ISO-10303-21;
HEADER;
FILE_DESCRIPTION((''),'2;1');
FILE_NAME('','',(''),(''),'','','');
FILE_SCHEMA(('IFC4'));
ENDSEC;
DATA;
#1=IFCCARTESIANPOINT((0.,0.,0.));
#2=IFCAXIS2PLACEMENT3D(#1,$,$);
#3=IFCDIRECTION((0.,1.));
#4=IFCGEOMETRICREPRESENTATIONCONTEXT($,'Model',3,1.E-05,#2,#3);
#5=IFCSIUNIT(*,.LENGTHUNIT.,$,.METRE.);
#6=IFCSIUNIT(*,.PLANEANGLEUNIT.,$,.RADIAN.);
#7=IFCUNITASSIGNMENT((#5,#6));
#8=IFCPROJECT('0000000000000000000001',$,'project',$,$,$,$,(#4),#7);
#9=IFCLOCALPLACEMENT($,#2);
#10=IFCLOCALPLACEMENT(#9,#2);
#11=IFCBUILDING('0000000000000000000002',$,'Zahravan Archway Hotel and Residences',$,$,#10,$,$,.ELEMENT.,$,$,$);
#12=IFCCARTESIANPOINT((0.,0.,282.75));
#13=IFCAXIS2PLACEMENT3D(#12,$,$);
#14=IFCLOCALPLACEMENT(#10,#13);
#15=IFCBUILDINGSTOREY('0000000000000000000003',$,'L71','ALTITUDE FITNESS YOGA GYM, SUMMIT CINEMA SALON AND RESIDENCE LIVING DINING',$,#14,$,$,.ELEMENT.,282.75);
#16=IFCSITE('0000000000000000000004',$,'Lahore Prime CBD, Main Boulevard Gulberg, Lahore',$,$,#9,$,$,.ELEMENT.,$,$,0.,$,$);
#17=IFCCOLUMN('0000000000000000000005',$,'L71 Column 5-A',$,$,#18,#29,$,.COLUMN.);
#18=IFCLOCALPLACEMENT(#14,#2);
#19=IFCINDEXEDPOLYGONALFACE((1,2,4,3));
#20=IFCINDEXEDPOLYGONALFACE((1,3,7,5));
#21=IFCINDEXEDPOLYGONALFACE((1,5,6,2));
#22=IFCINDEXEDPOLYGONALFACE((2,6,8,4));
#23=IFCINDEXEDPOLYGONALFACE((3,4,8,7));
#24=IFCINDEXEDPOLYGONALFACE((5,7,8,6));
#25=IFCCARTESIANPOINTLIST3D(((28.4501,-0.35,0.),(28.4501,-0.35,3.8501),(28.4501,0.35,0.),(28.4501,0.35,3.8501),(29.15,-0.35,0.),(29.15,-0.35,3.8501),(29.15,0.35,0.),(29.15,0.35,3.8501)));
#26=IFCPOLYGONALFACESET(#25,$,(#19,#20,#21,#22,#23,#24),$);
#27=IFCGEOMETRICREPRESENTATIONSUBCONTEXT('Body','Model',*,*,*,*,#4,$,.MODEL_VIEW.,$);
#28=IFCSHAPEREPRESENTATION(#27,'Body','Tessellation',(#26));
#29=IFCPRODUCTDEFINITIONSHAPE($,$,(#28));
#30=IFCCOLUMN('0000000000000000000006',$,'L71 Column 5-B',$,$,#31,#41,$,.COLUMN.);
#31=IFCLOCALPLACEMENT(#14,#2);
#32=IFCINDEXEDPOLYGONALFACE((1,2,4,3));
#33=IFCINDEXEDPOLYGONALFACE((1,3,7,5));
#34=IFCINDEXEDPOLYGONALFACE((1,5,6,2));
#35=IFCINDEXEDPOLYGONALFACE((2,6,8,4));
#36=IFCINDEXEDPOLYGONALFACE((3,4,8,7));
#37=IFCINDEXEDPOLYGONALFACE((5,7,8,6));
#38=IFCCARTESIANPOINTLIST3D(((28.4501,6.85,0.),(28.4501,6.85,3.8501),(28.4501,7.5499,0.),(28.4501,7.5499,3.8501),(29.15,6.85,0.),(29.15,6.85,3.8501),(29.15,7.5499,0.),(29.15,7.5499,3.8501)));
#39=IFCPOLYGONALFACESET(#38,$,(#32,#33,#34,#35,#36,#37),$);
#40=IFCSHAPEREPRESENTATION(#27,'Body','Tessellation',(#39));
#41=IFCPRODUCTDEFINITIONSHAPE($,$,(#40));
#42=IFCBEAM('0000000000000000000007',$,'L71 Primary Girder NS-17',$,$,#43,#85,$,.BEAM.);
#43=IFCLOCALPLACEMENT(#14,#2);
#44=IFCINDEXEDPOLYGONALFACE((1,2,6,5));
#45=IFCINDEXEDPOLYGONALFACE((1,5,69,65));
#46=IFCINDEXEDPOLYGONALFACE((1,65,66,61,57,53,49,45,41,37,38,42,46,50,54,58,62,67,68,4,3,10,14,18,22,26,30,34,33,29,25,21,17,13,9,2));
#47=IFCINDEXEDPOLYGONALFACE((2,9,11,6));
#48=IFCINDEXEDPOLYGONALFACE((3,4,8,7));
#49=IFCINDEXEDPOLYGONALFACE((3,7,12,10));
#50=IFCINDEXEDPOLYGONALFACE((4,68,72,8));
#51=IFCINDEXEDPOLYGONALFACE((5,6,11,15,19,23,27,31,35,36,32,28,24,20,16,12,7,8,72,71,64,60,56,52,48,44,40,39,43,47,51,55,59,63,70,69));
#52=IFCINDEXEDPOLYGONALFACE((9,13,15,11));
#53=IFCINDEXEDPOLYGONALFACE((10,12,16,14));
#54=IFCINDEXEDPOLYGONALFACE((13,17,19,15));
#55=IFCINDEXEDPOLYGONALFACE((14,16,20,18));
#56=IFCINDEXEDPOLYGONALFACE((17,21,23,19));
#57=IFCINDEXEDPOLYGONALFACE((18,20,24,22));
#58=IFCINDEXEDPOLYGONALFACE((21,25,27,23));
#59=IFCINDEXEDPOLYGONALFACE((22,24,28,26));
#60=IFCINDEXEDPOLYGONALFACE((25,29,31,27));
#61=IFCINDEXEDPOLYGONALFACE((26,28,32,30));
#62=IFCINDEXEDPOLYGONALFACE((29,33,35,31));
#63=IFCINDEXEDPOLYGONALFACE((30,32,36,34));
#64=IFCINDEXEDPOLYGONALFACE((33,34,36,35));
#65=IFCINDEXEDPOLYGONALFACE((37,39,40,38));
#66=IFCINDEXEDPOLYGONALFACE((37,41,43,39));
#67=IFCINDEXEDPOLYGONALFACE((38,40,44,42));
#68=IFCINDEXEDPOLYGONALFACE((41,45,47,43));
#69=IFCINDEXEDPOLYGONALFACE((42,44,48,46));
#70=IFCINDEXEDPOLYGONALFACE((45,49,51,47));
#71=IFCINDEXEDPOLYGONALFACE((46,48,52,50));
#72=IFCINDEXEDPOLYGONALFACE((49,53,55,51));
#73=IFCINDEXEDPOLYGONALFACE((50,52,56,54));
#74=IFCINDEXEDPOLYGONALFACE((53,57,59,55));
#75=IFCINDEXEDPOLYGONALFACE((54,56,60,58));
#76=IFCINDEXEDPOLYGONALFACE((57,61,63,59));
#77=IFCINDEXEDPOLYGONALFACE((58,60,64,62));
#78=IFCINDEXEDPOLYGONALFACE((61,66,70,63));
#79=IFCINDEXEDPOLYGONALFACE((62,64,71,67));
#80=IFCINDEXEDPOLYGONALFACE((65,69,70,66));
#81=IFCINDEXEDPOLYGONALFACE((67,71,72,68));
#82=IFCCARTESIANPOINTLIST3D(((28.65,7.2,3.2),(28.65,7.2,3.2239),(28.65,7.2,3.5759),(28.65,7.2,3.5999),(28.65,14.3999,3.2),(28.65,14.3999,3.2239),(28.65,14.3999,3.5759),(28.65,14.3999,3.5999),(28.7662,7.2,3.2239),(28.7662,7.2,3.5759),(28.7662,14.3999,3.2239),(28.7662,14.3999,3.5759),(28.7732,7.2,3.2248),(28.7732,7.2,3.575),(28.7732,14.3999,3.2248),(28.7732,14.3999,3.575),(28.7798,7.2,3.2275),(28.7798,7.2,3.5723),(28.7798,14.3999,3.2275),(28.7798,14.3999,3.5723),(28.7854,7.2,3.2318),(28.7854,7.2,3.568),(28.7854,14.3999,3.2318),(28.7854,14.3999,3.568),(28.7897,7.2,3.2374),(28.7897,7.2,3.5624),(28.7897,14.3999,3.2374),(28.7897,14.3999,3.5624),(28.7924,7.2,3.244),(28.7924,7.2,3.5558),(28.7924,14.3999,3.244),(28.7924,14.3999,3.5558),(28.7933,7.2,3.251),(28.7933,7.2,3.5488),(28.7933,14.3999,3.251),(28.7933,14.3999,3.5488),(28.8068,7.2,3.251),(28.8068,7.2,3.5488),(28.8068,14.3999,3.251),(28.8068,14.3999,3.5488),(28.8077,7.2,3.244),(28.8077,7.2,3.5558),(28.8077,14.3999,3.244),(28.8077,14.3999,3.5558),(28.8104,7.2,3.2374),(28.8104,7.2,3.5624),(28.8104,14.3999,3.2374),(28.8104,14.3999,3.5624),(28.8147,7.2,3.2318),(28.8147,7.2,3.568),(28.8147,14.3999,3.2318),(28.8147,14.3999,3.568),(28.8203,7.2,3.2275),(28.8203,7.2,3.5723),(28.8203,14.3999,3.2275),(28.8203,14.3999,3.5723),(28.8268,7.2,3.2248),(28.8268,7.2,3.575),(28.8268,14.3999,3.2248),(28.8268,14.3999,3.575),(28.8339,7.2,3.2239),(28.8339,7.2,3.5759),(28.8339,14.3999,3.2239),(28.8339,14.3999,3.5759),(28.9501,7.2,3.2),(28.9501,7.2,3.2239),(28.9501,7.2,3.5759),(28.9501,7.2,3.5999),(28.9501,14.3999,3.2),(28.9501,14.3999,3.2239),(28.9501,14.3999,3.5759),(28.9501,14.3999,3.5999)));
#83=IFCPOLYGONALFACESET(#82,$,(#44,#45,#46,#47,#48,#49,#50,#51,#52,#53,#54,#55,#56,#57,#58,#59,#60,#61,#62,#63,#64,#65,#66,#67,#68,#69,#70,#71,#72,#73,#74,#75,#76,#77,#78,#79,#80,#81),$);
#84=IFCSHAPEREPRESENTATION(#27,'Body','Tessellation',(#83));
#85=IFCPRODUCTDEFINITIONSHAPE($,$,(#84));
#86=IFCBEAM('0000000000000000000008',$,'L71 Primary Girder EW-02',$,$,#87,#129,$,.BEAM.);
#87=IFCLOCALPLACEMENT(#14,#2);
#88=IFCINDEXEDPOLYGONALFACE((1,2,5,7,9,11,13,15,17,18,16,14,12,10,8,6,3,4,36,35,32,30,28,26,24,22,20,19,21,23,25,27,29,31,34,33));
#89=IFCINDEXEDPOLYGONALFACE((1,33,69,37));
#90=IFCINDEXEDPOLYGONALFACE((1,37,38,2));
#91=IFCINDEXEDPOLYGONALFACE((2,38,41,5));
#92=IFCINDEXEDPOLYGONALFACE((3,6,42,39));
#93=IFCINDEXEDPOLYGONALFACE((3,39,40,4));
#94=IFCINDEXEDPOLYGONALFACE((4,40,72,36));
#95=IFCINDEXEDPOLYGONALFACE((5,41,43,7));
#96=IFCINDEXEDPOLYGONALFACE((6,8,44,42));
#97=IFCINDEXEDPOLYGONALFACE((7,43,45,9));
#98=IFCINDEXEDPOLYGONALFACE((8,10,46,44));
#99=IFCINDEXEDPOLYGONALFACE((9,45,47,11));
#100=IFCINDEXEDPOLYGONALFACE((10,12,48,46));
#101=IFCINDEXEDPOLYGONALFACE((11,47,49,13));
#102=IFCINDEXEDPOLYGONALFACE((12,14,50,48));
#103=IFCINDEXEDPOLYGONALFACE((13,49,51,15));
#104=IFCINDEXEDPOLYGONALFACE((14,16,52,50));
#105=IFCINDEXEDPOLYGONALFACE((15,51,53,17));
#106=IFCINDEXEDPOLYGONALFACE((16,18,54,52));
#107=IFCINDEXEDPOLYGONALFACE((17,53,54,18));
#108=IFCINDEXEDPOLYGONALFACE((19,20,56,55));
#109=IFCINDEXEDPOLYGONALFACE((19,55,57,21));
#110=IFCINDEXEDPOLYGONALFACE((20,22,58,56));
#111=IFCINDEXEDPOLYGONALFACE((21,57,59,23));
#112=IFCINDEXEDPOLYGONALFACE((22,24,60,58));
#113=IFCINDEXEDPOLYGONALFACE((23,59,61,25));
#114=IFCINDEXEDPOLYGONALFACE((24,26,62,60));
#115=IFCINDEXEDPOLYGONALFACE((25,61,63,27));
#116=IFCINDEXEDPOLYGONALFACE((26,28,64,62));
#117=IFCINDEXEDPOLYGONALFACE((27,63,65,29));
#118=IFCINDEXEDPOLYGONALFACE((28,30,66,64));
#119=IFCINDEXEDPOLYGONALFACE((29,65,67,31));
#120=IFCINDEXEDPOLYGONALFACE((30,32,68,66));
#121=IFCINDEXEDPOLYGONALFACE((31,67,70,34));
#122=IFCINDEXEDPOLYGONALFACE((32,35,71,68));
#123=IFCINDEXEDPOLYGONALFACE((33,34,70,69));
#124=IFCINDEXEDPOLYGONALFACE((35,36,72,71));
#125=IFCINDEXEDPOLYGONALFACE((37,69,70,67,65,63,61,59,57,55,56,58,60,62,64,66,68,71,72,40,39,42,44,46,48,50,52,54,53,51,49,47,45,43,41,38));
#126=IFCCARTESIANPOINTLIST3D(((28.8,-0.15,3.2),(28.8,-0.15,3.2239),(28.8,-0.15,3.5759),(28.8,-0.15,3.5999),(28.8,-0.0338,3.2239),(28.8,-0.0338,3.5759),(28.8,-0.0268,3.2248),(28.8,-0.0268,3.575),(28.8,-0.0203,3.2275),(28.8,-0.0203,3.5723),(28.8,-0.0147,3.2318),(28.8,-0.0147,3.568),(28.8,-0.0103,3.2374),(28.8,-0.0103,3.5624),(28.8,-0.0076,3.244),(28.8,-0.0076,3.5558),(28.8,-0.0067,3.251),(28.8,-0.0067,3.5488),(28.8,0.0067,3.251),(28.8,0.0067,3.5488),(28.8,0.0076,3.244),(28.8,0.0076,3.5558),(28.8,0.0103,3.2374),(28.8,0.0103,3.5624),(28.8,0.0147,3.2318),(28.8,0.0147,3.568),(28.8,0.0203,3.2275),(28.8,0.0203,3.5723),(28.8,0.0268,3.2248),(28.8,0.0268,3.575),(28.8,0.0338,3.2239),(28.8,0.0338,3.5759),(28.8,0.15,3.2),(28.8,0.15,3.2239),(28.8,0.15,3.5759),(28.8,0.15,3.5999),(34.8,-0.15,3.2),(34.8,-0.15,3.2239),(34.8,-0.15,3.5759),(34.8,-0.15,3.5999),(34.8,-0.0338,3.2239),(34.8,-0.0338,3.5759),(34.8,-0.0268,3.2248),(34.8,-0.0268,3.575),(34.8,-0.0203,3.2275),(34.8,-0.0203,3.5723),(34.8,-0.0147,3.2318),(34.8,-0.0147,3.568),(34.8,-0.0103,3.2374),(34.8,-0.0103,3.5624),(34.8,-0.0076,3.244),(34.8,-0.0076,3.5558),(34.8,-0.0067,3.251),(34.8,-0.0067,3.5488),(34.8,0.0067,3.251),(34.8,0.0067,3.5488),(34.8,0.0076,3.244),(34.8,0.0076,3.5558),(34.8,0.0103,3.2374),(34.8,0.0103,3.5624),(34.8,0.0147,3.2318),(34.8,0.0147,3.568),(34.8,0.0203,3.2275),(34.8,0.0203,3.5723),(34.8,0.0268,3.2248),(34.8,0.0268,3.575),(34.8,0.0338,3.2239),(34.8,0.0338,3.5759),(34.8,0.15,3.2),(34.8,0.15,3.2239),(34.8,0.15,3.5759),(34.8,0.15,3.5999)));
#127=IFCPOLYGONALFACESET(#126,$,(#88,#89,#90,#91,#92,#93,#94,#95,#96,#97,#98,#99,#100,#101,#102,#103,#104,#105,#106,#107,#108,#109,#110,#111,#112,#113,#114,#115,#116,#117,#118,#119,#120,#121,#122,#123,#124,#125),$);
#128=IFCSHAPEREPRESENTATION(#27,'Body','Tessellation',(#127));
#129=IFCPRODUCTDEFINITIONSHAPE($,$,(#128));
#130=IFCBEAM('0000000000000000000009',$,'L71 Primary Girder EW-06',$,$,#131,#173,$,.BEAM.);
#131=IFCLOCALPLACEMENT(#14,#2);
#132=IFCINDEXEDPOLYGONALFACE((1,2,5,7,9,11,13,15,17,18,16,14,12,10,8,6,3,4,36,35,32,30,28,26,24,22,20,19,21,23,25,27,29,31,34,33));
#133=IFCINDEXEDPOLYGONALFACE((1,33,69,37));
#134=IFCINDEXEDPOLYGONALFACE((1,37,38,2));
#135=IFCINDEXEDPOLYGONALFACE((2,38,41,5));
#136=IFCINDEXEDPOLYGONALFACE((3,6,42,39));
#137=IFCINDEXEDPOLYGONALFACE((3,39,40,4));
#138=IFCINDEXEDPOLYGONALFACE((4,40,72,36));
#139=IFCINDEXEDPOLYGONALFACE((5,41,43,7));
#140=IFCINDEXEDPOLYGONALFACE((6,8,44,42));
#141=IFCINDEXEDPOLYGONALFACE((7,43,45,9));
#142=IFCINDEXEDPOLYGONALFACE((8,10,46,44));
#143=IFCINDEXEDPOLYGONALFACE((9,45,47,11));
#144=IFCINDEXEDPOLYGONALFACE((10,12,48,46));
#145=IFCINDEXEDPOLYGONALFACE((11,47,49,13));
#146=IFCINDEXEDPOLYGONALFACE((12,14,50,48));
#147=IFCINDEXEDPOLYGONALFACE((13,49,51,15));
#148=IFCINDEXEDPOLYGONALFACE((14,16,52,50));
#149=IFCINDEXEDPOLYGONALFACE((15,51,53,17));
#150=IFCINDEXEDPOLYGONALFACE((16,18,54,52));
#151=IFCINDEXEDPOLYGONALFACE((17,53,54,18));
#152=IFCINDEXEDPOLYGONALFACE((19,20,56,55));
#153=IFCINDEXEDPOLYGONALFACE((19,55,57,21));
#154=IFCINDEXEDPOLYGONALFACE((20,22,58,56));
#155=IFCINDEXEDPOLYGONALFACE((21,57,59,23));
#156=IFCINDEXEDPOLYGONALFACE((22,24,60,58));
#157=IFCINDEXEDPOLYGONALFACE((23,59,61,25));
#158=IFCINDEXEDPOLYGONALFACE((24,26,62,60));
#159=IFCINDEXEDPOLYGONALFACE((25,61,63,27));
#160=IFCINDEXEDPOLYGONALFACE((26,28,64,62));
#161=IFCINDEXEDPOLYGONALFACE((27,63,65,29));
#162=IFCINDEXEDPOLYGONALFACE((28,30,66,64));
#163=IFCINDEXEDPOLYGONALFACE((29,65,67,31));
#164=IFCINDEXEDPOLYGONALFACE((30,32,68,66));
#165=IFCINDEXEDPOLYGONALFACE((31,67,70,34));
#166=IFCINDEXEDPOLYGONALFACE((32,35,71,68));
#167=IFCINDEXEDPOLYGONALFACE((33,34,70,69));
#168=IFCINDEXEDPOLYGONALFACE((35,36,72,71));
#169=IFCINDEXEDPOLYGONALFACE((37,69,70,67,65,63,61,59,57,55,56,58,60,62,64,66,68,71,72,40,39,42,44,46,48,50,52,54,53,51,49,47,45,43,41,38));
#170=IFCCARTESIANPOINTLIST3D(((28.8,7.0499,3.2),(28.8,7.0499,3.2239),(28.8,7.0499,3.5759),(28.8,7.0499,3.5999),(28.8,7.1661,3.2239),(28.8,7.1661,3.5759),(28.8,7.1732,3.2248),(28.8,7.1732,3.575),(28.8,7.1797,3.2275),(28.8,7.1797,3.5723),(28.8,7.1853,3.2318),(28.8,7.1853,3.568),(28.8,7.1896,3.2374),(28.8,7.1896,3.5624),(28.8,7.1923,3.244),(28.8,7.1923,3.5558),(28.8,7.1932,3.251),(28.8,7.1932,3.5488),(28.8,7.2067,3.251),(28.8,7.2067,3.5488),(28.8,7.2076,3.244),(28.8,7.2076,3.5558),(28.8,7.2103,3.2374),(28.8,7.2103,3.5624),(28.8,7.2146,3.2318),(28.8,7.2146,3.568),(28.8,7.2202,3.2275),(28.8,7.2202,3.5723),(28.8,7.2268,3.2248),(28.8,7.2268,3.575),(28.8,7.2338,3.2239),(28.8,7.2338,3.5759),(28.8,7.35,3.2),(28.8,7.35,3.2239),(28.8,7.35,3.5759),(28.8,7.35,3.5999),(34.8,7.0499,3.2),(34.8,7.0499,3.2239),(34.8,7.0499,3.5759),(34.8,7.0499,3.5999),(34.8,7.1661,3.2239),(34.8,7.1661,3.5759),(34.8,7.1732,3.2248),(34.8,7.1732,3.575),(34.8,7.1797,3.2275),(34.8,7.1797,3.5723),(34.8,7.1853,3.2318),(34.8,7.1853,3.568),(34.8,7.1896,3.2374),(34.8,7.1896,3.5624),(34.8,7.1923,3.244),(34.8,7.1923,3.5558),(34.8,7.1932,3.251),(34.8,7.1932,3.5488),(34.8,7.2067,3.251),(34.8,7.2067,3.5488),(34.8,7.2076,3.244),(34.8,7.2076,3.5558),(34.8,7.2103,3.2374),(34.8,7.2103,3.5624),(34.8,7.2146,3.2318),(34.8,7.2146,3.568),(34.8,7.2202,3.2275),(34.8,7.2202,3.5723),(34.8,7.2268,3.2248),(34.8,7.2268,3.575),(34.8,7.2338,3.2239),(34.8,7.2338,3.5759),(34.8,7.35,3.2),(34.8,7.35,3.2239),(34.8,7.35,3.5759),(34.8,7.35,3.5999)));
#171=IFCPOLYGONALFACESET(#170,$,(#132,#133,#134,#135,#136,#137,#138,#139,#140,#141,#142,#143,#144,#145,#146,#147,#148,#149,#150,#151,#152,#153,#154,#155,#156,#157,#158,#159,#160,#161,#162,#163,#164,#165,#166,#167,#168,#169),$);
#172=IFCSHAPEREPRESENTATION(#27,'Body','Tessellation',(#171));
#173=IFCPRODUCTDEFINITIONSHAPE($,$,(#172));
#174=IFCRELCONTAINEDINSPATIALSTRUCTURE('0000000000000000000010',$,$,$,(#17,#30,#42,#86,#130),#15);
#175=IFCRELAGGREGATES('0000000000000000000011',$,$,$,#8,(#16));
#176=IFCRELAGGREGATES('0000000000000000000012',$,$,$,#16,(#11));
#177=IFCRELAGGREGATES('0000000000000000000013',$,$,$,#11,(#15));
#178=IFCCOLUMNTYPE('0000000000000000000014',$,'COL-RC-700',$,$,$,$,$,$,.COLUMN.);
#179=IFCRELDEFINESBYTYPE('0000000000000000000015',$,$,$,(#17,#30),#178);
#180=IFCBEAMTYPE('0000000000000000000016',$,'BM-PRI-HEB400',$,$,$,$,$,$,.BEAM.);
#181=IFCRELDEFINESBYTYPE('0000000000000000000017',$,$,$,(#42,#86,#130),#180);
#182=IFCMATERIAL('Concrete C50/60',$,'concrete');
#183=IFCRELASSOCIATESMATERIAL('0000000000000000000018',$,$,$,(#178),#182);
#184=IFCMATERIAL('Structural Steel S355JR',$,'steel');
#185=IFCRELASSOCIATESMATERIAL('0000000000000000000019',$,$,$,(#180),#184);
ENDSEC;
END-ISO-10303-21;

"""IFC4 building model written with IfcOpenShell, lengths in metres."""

from ifc_helpers import new_model, si_unit, direction, frame, origin, origin_2d, place, context, subcontext, project, spatial, rectangle, i_section, extrude, source, transform, mapped, material, material_profile, profile_set, type_object, type_shapes, element, save


model = new_model("IFC4")

# Units and contexts
model_context = context("Model", 3, precision=1e-05, world=origin(), true_north=direction((0.0, 1.0)))
body_context = subcontext(model_context, "Body", "Model", "MODEL_VIEW")
ifc_project = project(units=[si_unit("LENGTHUNIT", "METRE"), si_unit("PLANEANGLEUNIT", "RADIAN")], contexts=[model_context])

# Site, building, storey
site_placement = place(None, origin())
site = spatial("IfcSite", under=ifc_project, at=site_placement, Name="Lahore Prime CBD, Main Boulevard Gulberg, Lahore", CompositionType="ELEMENT", RefElevation=0.0)
building_placement = place(site_placement, origin())
building = spatial("IfcBuilding", under=site, at=building_placement, Name="Zahravan Archway Hotel and Residences", CompositionType="ELEMENT")
storey_placement = place(building_placement, frame((0.0, 0.0, 282.75)))
storey = spatial("IfcBuildingStorey", under=building, at=storey_placement, Name="L71", Description="ALTITUDE FITNESS YOGA GYM, SUMMIT CINEMA SALON AND RESIDENCE LIVING DINING", CompositionType="ELEMENT", Elevation=282.75)

# Columns
ifc_material_1 = material(Name="Concrete C50/60", Category="concrete")
ifc_material_profile_1 = material_profile(ifc_material_1, rectangle(XDim=0.7, YDim=0.7, at=origin_2d()), Name="RC-COL-700x700", Category="concrete")
ifc_profile_set_1 = profile_set([ifc_material_profile_1], Name="Concrete C50/60")
column_type = type_object("IfcColumnType", Name="COL-RC-700", PredefinedType="COLUMN", material=ifc_profile_set_1)
shared_shape_1 = source(origin(), body_context, "Body", "SweptSolid", [
    extrude(rectangle(XDim=0.7, YDim=0.7, at=origin_2d()), origin(), (0.0, 0.0, 1.0), 3.8501),
])
for number, where, z_axis, x_axis, name in (
    (1, (28.8, 0.0, 0.0), (0.0, 0.0, 1.0), (1.0, 0.0, 0.0), "L71 Column 5-A"),
    (2, (28.8, 7.2, 0.0), (0.0, 0.0, 1.0), (1.0, 0.0, 0.0), "L71 Column 5-B"),
):
    element("IfcColumn", number, at=place(storey_placement, frame(where, z_axis=z_axis, x_axis=x_axis)), inside=storey, type_object=column_type, Name=name, PredefinedType="COLUMN", context=body_context, shape_type="MappedRepresentation", body=[
        mapped(shared_shape_1, transform((0.0, 0.0, 0.0), scale=1.0)),
    ])

# Beams
ifc_material_2 = material(Name="Structural Steel S355JR", Category="steel")
ifc_material_profile_2 = material_profile(ifc_material_2, i_section(OverallWidth=0.3, OverallDepth=0.3999, WebThickness=0.0134, FlangeThickness=0.0239, FilletRadius=0.0271, at=origin_2d()), Name="HEB 400", Category="steel")
ifc_profile_set_2 = profile_set([ifc_material_profile_2], Name="Structural Steel S355JR")
beam_type_1 = type_object("IfcBeamType", Name="BM-PRI-HEB400", PredefinedType="BEAM", material=ifc_profile_set_2)
shared_shape_2 = source(origin(), body_context, "Body", "SweptSolid", [
    extrude(i_section(OverallWidth=0.3, OverallDepth=0.3999, WebThickness=0.0134, FlangeThickness=0.0239, FilletRadius=0.0271, at=origin_2d()), origin(), (0.0, 0.0, 1.0), 7.2),
])
type_shapes(beam_type_1, [shared_shape_2])
beam_1_placement = place(storey_placement, frame((28.8, 7.2, 3.3999), z_axis=(0.0, 1.0, 0.0), x_axis=(-1.0, 0.0, 0.0)))
element("IfcBeam", 3, at=beam_1_placement, inside=storey, type_object=beam_type_1, Name="L71 Primary Girder NS-17", PredefinedType="BEAM", context=body_context, shape_type="MappedRepresentation", body=[
    mapped(shared_shape_2, transform((0.0, 0.0, 0.0), scale=1.0)),
])
shared_shape_3 = source(origin(), body_context, "Body", "SweptSolid", [
    extrude(i_section(OverallWidth=0.3, OverallDepth=0.3999, WebThickness=0.0134, FlangeThickness=0.0239, FilletRadius=0.0271, at=origin_2d()), origin(), (0.0, 0.0, 1.0), 6.0),
])
for number, where, z_axis, x_axis, name in (
    (4, (28.8, 0.0, 3.3999), (1.0, 0.0, 0.0), (0.0, 1.0, 0.0), "L71 Primary Girder EW-02"),
    (5, (28.8, 7.2, 3.3999), (1.0, 0.0, 0.0), (0.0, 1.0, 0.0), "L71 Primary Girder EW-06"),
):
    element("IfcBeam", number, at=place(storey_placement, frame(where, z_axis=z_axis, x_axis=x_axis)), inside=storey, type_object=beam_type_1, Name=name, PredefinedType="BEAM", context=body_context, shape_type="MappedRepresentation", body=[
        mapped(shared_shape_3, transform((0.0, 0.0, 0.0), scale=1.0)),
    ])

save(model, "model.ifc")
